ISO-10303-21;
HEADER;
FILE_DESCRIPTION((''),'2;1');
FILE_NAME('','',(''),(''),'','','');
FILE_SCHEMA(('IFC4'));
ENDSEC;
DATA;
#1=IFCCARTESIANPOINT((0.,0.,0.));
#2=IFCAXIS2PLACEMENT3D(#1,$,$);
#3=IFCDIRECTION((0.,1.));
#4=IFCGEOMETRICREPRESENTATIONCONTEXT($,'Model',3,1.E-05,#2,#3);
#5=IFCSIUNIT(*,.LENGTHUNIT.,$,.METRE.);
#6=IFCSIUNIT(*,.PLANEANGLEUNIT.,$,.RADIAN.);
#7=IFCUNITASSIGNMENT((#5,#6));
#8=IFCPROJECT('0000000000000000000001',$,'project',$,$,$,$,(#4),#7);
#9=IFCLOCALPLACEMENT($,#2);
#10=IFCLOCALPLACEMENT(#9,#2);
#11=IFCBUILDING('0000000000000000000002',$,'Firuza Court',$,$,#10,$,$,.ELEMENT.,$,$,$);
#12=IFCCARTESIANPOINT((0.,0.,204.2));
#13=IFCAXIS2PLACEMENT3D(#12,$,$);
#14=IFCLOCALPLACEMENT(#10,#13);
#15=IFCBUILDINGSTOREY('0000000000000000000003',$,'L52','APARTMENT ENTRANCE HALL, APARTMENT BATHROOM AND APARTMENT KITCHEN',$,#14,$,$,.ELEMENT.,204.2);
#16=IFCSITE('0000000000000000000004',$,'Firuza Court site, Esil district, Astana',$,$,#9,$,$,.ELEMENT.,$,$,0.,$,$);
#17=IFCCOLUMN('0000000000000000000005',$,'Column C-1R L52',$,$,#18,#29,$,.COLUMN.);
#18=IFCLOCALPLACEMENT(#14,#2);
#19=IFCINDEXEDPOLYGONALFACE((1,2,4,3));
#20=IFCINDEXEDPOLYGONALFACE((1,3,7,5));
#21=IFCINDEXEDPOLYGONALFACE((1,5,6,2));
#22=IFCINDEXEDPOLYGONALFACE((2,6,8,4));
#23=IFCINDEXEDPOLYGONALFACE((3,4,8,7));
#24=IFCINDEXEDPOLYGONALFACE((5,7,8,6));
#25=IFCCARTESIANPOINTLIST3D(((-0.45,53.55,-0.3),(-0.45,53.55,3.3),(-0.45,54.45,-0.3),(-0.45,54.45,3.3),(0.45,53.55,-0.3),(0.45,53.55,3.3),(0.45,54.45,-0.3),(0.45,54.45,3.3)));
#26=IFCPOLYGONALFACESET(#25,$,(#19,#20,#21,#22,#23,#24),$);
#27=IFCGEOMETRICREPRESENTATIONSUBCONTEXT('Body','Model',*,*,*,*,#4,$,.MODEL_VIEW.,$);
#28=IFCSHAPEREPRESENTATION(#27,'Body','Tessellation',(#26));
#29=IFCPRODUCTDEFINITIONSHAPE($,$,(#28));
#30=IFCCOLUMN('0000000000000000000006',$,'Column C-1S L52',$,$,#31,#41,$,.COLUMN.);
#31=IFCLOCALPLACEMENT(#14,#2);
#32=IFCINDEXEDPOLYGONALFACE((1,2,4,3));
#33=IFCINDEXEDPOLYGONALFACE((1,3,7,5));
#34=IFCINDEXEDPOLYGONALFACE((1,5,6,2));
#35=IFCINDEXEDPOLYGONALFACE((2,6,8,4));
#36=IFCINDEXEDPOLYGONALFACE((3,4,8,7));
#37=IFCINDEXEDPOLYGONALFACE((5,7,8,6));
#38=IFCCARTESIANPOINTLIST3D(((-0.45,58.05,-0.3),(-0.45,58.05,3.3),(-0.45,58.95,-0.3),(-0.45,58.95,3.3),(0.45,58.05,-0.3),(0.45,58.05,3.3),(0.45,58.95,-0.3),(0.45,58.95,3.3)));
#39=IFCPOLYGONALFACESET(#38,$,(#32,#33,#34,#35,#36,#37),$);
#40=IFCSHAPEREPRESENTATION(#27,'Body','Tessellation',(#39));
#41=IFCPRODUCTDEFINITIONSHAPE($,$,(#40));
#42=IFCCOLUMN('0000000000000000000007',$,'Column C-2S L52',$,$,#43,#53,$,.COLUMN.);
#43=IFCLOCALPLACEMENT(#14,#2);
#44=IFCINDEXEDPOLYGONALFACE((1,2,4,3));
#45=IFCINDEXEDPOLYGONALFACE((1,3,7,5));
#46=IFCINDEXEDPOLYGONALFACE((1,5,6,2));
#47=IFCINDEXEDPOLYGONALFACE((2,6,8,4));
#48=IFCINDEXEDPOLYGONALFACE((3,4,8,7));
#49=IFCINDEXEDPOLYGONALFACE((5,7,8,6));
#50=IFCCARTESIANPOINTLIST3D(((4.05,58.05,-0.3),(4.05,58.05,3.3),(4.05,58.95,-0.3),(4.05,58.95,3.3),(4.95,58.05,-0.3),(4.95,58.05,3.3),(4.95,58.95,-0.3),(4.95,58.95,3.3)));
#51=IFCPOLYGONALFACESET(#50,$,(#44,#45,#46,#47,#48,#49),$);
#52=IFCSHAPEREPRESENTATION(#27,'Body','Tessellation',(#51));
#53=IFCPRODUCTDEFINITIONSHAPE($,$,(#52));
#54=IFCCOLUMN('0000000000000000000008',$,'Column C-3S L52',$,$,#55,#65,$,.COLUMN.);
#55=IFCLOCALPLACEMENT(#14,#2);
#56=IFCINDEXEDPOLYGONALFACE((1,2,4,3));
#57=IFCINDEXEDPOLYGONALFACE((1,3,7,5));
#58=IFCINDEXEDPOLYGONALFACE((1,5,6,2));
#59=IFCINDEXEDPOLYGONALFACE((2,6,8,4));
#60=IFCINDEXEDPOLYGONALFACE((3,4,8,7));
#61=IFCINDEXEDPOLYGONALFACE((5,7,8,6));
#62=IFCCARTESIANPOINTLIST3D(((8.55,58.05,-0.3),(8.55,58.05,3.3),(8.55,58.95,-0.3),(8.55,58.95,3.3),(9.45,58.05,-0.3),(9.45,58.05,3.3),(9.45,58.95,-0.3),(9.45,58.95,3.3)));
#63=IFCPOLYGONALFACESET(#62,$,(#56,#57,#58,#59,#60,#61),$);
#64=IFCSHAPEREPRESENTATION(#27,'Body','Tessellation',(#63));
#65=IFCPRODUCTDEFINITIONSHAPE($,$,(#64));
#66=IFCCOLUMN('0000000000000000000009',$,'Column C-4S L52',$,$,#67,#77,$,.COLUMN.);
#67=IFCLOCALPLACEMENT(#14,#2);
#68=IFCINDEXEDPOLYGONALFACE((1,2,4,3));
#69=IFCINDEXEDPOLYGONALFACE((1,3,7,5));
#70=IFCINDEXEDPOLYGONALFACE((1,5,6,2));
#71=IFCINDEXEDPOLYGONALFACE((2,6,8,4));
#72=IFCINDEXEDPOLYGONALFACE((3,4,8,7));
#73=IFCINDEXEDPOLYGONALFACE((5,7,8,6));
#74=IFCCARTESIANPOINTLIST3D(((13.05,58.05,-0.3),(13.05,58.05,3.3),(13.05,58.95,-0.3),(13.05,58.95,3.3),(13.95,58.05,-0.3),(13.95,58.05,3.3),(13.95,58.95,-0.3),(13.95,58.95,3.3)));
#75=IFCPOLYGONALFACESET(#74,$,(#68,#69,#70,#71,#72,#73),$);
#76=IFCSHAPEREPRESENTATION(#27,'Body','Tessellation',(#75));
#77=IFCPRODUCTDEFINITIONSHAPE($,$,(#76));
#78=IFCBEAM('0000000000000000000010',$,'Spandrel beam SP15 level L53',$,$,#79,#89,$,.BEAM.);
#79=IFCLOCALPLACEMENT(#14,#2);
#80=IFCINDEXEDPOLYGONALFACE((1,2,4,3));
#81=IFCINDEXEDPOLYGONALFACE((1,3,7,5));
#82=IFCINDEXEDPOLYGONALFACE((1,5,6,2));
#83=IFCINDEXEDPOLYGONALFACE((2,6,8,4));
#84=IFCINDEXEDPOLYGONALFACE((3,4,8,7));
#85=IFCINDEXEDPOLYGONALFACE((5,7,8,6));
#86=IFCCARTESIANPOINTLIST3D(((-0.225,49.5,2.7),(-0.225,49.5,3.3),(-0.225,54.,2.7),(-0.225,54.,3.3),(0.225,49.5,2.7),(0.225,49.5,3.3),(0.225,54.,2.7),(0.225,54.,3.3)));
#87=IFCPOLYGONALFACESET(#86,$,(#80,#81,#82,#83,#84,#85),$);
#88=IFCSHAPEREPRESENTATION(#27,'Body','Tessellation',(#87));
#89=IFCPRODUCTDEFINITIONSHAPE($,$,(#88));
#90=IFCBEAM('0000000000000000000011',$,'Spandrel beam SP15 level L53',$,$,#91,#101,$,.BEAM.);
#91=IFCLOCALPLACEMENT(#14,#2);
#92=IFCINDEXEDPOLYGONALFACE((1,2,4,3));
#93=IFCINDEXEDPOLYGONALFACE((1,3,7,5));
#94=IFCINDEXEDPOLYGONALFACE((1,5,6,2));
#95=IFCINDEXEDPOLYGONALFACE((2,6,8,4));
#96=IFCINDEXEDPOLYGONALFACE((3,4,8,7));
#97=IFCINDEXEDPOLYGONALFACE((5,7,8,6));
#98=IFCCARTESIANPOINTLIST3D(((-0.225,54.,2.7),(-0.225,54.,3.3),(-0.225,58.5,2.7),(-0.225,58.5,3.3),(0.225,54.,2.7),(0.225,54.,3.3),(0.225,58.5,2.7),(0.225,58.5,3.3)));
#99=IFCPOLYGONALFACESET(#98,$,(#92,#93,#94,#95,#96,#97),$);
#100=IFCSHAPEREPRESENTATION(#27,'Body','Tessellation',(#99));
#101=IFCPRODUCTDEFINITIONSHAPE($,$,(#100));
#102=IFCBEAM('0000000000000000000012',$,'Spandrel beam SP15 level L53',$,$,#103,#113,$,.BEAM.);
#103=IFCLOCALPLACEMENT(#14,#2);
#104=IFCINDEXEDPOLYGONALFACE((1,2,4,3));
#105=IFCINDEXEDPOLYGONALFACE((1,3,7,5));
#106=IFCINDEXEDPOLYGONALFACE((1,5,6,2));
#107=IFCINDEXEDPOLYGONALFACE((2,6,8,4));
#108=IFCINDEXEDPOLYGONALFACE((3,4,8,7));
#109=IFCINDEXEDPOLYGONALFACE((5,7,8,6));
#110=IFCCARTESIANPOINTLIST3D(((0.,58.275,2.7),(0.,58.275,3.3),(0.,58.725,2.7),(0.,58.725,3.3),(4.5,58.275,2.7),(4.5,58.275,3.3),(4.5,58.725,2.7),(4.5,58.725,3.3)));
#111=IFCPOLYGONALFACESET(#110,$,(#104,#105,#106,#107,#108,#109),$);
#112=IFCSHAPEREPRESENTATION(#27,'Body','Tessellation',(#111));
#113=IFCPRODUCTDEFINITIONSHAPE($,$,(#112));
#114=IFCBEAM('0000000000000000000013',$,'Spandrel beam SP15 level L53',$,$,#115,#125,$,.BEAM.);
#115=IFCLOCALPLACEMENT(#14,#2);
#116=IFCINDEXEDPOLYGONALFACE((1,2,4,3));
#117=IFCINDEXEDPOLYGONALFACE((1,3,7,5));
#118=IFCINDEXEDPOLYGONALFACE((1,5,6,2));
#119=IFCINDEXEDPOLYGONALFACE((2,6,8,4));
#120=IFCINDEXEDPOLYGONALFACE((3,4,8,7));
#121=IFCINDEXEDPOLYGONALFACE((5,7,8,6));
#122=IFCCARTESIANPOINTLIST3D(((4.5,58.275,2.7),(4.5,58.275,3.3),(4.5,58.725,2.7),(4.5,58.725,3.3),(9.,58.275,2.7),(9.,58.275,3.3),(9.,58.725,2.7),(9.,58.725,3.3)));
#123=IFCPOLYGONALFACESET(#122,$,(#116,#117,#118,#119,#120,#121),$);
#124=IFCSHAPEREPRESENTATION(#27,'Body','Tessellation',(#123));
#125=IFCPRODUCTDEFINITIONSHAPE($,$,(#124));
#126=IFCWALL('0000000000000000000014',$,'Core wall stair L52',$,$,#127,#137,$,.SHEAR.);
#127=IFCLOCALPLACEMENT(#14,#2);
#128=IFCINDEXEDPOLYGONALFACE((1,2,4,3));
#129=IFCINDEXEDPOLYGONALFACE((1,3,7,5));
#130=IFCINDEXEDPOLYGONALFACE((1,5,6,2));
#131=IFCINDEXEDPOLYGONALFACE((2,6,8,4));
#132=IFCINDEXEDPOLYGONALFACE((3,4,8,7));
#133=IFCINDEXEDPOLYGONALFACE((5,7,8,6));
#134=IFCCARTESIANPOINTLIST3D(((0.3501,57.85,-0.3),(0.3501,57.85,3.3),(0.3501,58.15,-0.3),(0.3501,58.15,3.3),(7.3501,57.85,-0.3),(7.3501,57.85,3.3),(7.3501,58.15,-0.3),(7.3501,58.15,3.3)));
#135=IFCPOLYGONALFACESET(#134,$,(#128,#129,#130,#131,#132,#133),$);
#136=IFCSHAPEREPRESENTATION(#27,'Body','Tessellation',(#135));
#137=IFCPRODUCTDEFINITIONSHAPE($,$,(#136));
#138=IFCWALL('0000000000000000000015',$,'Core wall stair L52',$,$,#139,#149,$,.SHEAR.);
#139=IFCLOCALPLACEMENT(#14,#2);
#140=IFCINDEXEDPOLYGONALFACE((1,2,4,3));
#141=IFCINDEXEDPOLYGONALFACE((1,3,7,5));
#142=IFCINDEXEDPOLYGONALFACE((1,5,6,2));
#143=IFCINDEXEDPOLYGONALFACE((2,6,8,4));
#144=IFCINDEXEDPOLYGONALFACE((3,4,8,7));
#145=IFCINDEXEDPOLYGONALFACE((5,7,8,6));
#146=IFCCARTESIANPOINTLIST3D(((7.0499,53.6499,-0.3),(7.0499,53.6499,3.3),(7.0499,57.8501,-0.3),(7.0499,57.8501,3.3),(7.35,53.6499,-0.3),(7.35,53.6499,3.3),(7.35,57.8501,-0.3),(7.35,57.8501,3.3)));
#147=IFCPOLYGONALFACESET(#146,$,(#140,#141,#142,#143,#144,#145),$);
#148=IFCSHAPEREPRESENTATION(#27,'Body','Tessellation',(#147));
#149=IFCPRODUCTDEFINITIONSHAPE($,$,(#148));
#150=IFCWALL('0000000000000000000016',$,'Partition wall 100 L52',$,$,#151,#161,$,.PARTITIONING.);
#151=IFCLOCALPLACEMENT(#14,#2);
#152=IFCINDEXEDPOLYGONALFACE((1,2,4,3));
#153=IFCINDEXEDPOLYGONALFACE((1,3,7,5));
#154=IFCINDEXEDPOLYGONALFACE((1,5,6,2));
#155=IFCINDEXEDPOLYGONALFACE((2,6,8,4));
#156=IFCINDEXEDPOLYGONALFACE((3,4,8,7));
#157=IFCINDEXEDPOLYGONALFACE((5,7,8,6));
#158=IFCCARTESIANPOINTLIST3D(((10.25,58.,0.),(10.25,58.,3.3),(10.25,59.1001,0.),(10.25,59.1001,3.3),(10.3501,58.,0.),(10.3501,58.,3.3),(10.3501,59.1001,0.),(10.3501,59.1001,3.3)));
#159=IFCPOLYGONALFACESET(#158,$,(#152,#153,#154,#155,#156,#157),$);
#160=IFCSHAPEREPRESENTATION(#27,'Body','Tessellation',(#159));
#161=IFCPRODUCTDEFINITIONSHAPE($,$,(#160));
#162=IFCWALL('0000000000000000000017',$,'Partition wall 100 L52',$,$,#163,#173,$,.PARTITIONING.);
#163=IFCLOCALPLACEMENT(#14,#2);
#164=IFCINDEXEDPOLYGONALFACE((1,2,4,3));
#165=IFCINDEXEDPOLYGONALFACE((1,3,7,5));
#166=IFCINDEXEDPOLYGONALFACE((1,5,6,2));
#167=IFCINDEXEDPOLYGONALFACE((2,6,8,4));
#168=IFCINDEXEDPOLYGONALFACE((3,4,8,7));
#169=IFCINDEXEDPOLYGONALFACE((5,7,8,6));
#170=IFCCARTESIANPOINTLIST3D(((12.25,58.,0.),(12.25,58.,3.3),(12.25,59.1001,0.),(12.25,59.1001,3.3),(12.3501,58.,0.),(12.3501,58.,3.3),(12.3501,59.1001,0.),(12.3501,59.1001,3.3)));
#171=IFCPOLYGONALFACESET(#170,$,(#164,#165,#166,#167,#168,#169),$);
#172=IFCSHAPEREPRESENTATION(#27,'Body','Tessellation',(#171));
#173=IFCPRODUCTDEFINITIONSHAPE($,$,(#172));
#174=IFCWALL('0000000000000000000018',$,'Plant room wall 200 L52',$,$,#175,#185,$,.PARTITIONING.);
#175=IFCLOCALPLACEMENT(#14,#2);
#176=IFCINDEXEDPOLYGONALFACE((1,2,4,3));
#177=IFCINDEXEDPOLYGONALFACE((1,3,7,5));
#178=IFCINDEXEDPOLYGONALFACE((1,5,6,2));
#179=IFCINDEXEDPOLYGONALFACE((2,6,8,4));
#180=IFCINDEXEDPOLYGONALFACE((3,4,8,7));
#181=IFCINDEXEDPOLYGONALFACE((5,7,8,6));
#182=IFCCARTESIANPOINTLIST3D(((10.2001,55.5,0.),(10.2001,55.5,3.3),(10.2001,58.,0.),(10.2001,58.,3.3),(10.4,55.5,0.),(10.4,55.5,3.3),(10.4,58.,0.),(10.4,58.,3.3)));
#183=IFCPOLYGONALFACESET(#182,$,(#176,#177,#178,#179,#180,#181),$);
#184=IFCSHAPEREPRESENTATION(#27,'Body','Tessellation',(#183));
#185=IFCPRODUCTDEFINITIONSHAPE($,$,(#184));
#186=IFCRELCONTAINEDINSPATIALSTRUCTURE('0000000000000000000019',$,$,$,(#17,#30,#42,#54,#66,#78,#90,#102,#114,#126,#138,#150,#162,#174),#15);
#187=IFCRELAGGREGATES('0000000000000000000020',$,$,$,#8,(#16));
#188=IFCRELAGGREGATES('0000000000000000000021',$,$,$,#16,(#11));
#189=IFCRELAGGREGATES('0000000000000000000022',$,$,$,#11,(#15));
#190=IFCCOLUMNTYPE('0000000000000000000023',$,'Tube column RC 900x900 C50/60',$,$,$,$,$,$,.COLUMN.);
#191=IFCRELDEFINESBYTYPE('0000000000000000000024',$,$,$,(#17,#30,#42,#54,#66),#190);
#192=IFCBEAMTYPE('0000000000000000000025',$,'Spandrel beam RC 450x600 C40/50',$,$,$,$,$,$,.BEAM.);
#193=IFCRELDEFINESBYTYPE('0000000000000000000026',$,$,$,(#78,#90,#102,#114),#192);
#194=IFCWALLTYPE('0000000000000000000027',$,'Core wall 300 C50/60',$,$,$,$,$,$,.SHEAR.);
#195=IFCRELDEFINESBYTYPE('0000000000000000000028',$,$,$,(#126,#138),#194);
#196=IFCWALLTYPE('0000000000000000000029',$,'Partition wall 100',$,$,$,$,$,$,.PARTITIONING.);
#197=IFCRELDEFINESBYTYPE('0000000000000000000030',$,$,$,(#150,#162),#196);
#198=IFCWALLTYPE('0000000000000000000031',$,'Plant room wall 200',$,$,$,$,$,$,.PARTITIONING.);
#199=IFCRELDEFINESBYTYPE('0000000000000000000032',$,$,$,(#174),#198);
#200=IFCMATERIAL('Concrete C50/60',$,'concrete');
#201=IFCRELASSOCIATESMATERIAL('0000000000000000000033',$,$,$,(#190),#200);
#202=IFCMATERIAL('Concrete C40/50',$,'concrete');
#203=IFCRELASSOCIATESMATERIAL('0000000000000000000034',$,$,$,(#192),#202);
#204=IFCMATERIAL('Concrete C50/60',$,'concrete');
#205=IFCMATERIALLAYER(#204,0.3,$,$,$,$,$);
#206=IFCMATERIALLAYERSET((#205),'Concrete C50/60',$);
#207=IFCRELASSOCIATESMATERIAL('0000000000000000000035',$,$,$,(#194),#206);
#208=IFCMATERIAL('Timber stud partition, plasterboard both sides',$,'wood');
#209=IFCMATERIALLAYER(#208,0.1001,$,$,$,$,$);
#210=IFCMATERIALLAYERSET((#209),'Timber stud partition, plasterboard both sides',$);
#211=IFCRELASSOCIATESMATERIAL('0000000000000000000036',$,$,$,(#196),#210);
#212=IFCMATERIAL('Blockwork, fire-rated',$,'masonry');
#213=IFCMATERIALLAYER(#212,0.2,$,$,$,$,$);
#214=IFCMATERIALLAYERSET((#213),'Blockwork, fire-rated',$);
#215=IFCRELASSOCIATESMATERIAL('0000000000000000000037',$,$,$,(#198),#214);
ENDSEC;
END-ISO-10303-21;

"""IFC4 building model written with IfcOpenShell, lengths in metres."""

from ifc_helpers import new_model, si_unit, direction, frame, frame_2d, origin, origin_2d, place, context, subcontext, project, spatial, rectangle, extrude, material, layer, layer_set, material_profile, profile_set, type_object, element, save


model = new_model("IFC4")

# Units and contexts
model_context = context("Model", 3, precision=1e-05, world=origin(), true_north=direction((0.0, 1.0)))
body_context = subcontext(model_context, "Body", "Model", "MODEL_VIEW")
ifc_project = project(units=[si_unit("LENGTHUNIT", "METRE"), si_unit("PLANEANGLEUNIT", "RADIAN")], contexts=[model_context])

# Site, building, storey
site_placement = place(None, origin())
site = spatial("IfcSite", under=ifc_project, at=site_placement, Name="Firuza Court site, Esil district, Astana", CompositionType="ELEMENT", RefElevation=0.0)
building_placement = place(site_placement, origin())
building = spatial("IfcBuilding", under=site, at=building_placement, Name="Firuza Court", CompositionType="ELEMENT")
storey_placement = place(building_placement, frame((0.0, 0.0, 204.2)))
storey = spatial("IfcBuildingStorey", under=building, at=storey_placement, Name="L52", Description="APARTMENT ENTRANCE HALL, APARTMENT BATHROOM AND APARTMENT KITCHEN", CompositionType="ELEMENT", Elevation=204.2)

# Columns
ifc_material_1 = material(Name="Concrete C50/60", Category="concrete")
ifc_material_profile_1 = material_profile(ifc_material_1, rectangle(XDim=0.8999, YDim=0.8999, at=origin_2d()), Name="RC 900x900")
ifc_profile_set_1 = profile_set([ifc_material_profile_1], Name="Concrete C50/60")
column_type = type_object("IfcColumnType", Name="Tube column RC 900x900 C50/60", PredefinedType="COLUMN", material=ifc_profile_set_1)
for number, where, z_axis, x_axis, name in (
    (1, (0.0, 54.0, -0.3), (0.0, 0.0, 1.0), (1.0, 0.0, 0.0), "Column C-1R L52"),
    (2, (0.0, 58.5, -0.3), (0.0, 0.0, 1.0), (1.0, 0.0, 0.0), "Column C-1S L52"),
    (3, (4.5, 58.5, -0.3), (0.0, 0.0, 1.0), (1.0, 0.0, 0.0), "Column C-2S L52"),
    (4, (9.0, 58.5, -0.3), (0.0, 0.0, 1.0), (1.0, 0.0, 0.0), "Column C-3S L52"),
    (5, (13.5, 58.5, -0.3), (0.0, 0.0, 1.0), (1.0, 0.0, 0.0), "Column C-4S L52"),
):
    element("IfcColumn", number, at=place(storey_placement, frame(where, z_axis=z_axis, x_axis=x_axis)), inside=storey, type_object=column_type, Name=name, PredefinedType="COLUMN", context=body_context, shape_type="SweptSolid", body=[
        extrude(rectangle(XDim=0.8999, YDim=0.8999, at=origin_2d()), origin(), (0.0, 0.0, 1.0), 3.6001),
    ])

# Beams
ifc_material_2 = material(Name="Concrete C40/50", Category="concrete")
ifc_material_profile_2 = material_profile(ifc_material_2, rectangle(XDim=0.45, YDim=0.6001, at=origin_2d()), Name="RC 450x600")
ifc_profile_set_2 = profile_set([ifc_material_profile_2], Name="Concrete C40/50")
beam_type = type_object("IfcBeamType", Name="Spandrel beam RC 450x600 C40/50", PredefinedType="BEAM", material=ifc_profile_set_2)
for number, where, z_axis, x_axis, name in (
    (6, (0.0, 54.0, 3.0), (0.0, -1.0, 0.0), (1.0, 0.0, 0.0), "Spandrel beam SP15 level L53"),
    (7, (0.0, 58.5, 3.0), (0.0, -1.0, 0.0), (1.0, 0.0, 0.0), "Spandrel beam SP15 level L53"),
    (8, (4.5, 58.5, 3.0), (-1.0, 0.0, 0.0), (0.0, -1.0, 0.0), "Spandrel beam SP15 level L53"),
    (9, (9.0, 58.5, 3.0), (-1.0, 0.0, 0.0), (0.0, -1.0, 0.0), "Spandrel beam SP15 level L53"),
):
    element("IfcBeam", number, at=place(storey_placement, frame(where, z_axis=z_axis, x_axis=x_axis)), inside=storey, type_object=beam_type, Name=name, PredefinedType="BEAM", context=body_context, shape_type="SweptSolid", body=[
        extrude(rectangle(XDim=0.45, YDim=0.6001, at=origin_2d()), origin(), (0.0, 0.0, 1.0), 4.5),
    ])

# Walls
ifc_material_3 = material(Name="Concrete C50/60", Category="concrete")
ifc_layer_1 = layer(ifc_material_3, 0.3)
ifc_layer_set_1 = layer_set([ifc_layer_1], Name="Concrete C50/60")
wall_type_1 = type_object("IfcWallType", Name="Core wall 300 C50/60", PredefinedType="SHEAR", material=ifc_layer_set_1)
wall_1_placement = place(storey_placement, frame((0.3501, 58.0, -0.3), z_axis=(0.0, 0.0, 1.0), x_axis=(1.0, 0.0, 0.0)))
element("IfcWall", 10, at=wall_1_placement, inside=storey, type_object=wall_type_1, Name="Core wall stair L52", PredefinedType="SHEAR", context=body_context, shape_type="SweptSolid", body=[
    extrude(rectangle(XDim=7.0, YDim=0.3, at=frame_2d((3.5, 0.0))), origin(), (0.0, 0.0, 1.0), 3.6001),
])
wall_2_placement = place(storey_placement, frame((7.2, 53.6499, -0.3), z_axis=(0.0, 0.0, 1.0), x_axis=(0.0, 1.0, 0.0)))
element("IfcWall", 11, at=wall_2_placement, inside=storey, type_object=wall_type_1, Name="Core wall stair L52", PredefinedType="SHEAR", context=body_context, shape_type="SweptSolid", body=[
    extrude(rectangle(XDim=4.2002, YDim=0.3, at=frame_2d((2.1001, 0.0))), origin(), (0.0, 0.0, 1.0), 3.6001),
])
ifc_material_4 = material(Name="Timber stud partition, plasterboard both sides", Category="wood")
ifc_layer_2 = layer(ifc_material_4, 0.1001)
ifc_layer_set_2 = layer_set([ifc_layer_2], Name="Timber stud partition, plasterboard both sides")
wall_type_2 = type_object("IfcWallType", Name="Partition wall 100", PredefinedType="PARTITIONING", material=ifc_layer_set_2)
for number, where, z_axis, x_axis, name in (
    (12, (10.3, 58.0, 0.0), (0.0, 0.0, 1.0), (0.0, 1.0, 0.0), "Partition wall 100 L52"),
    (13, (12.3, 58.0, 0.0), (0.0, 0.0, 1.0), (0.0, 1.0, 0.0), "Partition wall 100 L52"),
):
    element("IfcWall", number, at=place(storey_placement, frame(where, z_axis=z_axis, x_axis=x_axis)), inside=storey, type_object=wall_type_2, Name=name, PredefinedType="PARTITIONING", context=body_context, shape_type="SweptSolid", body=[
        extrude(rectangle(XDim=1.1001, YDim=0.1001, at=frame_2d((0.55, 0.0))), origin(), (0.0, 0.0, 1.0), 3.3),
    ])
ifc_material_5 = material(Name="Blockwork, fire-rated", Category="masonry")
ifc_layer_3 = layer(ifc_material_5, 0.2)
ifc_layer_set_3 = layer_set([ifc_layer_3], Name="Blockwork, fire-rated")
wall_type_3 = type_object("IfcWallType", Name="Plant room wall 200", PredefinedType="PARTITIONING", material=ifc_layer_set_3)
wall_3_placement = place(storey_placement, frame((10.3, 55.5, 0.0), z_axis=(0.0, 0.0, 1.0), x_axis=(0.0, 1.0, 0.0)))
element("IfcWall", 14, at=wall_3_placement, inside=storey, type_object=wall_type_3, Name="Plant room wall 200 L52", PredefinedType="PARTITIONING", context=body_context, shape_type="SweptSolid", body=[
    extrude(rectangle(XDim=2.5, YDim=0.2, at=frame_2d((1.25, 0.0))), origin(), (0.0, 0.0, 1.0), 3.3),
])

save(model, "model.ifc")
